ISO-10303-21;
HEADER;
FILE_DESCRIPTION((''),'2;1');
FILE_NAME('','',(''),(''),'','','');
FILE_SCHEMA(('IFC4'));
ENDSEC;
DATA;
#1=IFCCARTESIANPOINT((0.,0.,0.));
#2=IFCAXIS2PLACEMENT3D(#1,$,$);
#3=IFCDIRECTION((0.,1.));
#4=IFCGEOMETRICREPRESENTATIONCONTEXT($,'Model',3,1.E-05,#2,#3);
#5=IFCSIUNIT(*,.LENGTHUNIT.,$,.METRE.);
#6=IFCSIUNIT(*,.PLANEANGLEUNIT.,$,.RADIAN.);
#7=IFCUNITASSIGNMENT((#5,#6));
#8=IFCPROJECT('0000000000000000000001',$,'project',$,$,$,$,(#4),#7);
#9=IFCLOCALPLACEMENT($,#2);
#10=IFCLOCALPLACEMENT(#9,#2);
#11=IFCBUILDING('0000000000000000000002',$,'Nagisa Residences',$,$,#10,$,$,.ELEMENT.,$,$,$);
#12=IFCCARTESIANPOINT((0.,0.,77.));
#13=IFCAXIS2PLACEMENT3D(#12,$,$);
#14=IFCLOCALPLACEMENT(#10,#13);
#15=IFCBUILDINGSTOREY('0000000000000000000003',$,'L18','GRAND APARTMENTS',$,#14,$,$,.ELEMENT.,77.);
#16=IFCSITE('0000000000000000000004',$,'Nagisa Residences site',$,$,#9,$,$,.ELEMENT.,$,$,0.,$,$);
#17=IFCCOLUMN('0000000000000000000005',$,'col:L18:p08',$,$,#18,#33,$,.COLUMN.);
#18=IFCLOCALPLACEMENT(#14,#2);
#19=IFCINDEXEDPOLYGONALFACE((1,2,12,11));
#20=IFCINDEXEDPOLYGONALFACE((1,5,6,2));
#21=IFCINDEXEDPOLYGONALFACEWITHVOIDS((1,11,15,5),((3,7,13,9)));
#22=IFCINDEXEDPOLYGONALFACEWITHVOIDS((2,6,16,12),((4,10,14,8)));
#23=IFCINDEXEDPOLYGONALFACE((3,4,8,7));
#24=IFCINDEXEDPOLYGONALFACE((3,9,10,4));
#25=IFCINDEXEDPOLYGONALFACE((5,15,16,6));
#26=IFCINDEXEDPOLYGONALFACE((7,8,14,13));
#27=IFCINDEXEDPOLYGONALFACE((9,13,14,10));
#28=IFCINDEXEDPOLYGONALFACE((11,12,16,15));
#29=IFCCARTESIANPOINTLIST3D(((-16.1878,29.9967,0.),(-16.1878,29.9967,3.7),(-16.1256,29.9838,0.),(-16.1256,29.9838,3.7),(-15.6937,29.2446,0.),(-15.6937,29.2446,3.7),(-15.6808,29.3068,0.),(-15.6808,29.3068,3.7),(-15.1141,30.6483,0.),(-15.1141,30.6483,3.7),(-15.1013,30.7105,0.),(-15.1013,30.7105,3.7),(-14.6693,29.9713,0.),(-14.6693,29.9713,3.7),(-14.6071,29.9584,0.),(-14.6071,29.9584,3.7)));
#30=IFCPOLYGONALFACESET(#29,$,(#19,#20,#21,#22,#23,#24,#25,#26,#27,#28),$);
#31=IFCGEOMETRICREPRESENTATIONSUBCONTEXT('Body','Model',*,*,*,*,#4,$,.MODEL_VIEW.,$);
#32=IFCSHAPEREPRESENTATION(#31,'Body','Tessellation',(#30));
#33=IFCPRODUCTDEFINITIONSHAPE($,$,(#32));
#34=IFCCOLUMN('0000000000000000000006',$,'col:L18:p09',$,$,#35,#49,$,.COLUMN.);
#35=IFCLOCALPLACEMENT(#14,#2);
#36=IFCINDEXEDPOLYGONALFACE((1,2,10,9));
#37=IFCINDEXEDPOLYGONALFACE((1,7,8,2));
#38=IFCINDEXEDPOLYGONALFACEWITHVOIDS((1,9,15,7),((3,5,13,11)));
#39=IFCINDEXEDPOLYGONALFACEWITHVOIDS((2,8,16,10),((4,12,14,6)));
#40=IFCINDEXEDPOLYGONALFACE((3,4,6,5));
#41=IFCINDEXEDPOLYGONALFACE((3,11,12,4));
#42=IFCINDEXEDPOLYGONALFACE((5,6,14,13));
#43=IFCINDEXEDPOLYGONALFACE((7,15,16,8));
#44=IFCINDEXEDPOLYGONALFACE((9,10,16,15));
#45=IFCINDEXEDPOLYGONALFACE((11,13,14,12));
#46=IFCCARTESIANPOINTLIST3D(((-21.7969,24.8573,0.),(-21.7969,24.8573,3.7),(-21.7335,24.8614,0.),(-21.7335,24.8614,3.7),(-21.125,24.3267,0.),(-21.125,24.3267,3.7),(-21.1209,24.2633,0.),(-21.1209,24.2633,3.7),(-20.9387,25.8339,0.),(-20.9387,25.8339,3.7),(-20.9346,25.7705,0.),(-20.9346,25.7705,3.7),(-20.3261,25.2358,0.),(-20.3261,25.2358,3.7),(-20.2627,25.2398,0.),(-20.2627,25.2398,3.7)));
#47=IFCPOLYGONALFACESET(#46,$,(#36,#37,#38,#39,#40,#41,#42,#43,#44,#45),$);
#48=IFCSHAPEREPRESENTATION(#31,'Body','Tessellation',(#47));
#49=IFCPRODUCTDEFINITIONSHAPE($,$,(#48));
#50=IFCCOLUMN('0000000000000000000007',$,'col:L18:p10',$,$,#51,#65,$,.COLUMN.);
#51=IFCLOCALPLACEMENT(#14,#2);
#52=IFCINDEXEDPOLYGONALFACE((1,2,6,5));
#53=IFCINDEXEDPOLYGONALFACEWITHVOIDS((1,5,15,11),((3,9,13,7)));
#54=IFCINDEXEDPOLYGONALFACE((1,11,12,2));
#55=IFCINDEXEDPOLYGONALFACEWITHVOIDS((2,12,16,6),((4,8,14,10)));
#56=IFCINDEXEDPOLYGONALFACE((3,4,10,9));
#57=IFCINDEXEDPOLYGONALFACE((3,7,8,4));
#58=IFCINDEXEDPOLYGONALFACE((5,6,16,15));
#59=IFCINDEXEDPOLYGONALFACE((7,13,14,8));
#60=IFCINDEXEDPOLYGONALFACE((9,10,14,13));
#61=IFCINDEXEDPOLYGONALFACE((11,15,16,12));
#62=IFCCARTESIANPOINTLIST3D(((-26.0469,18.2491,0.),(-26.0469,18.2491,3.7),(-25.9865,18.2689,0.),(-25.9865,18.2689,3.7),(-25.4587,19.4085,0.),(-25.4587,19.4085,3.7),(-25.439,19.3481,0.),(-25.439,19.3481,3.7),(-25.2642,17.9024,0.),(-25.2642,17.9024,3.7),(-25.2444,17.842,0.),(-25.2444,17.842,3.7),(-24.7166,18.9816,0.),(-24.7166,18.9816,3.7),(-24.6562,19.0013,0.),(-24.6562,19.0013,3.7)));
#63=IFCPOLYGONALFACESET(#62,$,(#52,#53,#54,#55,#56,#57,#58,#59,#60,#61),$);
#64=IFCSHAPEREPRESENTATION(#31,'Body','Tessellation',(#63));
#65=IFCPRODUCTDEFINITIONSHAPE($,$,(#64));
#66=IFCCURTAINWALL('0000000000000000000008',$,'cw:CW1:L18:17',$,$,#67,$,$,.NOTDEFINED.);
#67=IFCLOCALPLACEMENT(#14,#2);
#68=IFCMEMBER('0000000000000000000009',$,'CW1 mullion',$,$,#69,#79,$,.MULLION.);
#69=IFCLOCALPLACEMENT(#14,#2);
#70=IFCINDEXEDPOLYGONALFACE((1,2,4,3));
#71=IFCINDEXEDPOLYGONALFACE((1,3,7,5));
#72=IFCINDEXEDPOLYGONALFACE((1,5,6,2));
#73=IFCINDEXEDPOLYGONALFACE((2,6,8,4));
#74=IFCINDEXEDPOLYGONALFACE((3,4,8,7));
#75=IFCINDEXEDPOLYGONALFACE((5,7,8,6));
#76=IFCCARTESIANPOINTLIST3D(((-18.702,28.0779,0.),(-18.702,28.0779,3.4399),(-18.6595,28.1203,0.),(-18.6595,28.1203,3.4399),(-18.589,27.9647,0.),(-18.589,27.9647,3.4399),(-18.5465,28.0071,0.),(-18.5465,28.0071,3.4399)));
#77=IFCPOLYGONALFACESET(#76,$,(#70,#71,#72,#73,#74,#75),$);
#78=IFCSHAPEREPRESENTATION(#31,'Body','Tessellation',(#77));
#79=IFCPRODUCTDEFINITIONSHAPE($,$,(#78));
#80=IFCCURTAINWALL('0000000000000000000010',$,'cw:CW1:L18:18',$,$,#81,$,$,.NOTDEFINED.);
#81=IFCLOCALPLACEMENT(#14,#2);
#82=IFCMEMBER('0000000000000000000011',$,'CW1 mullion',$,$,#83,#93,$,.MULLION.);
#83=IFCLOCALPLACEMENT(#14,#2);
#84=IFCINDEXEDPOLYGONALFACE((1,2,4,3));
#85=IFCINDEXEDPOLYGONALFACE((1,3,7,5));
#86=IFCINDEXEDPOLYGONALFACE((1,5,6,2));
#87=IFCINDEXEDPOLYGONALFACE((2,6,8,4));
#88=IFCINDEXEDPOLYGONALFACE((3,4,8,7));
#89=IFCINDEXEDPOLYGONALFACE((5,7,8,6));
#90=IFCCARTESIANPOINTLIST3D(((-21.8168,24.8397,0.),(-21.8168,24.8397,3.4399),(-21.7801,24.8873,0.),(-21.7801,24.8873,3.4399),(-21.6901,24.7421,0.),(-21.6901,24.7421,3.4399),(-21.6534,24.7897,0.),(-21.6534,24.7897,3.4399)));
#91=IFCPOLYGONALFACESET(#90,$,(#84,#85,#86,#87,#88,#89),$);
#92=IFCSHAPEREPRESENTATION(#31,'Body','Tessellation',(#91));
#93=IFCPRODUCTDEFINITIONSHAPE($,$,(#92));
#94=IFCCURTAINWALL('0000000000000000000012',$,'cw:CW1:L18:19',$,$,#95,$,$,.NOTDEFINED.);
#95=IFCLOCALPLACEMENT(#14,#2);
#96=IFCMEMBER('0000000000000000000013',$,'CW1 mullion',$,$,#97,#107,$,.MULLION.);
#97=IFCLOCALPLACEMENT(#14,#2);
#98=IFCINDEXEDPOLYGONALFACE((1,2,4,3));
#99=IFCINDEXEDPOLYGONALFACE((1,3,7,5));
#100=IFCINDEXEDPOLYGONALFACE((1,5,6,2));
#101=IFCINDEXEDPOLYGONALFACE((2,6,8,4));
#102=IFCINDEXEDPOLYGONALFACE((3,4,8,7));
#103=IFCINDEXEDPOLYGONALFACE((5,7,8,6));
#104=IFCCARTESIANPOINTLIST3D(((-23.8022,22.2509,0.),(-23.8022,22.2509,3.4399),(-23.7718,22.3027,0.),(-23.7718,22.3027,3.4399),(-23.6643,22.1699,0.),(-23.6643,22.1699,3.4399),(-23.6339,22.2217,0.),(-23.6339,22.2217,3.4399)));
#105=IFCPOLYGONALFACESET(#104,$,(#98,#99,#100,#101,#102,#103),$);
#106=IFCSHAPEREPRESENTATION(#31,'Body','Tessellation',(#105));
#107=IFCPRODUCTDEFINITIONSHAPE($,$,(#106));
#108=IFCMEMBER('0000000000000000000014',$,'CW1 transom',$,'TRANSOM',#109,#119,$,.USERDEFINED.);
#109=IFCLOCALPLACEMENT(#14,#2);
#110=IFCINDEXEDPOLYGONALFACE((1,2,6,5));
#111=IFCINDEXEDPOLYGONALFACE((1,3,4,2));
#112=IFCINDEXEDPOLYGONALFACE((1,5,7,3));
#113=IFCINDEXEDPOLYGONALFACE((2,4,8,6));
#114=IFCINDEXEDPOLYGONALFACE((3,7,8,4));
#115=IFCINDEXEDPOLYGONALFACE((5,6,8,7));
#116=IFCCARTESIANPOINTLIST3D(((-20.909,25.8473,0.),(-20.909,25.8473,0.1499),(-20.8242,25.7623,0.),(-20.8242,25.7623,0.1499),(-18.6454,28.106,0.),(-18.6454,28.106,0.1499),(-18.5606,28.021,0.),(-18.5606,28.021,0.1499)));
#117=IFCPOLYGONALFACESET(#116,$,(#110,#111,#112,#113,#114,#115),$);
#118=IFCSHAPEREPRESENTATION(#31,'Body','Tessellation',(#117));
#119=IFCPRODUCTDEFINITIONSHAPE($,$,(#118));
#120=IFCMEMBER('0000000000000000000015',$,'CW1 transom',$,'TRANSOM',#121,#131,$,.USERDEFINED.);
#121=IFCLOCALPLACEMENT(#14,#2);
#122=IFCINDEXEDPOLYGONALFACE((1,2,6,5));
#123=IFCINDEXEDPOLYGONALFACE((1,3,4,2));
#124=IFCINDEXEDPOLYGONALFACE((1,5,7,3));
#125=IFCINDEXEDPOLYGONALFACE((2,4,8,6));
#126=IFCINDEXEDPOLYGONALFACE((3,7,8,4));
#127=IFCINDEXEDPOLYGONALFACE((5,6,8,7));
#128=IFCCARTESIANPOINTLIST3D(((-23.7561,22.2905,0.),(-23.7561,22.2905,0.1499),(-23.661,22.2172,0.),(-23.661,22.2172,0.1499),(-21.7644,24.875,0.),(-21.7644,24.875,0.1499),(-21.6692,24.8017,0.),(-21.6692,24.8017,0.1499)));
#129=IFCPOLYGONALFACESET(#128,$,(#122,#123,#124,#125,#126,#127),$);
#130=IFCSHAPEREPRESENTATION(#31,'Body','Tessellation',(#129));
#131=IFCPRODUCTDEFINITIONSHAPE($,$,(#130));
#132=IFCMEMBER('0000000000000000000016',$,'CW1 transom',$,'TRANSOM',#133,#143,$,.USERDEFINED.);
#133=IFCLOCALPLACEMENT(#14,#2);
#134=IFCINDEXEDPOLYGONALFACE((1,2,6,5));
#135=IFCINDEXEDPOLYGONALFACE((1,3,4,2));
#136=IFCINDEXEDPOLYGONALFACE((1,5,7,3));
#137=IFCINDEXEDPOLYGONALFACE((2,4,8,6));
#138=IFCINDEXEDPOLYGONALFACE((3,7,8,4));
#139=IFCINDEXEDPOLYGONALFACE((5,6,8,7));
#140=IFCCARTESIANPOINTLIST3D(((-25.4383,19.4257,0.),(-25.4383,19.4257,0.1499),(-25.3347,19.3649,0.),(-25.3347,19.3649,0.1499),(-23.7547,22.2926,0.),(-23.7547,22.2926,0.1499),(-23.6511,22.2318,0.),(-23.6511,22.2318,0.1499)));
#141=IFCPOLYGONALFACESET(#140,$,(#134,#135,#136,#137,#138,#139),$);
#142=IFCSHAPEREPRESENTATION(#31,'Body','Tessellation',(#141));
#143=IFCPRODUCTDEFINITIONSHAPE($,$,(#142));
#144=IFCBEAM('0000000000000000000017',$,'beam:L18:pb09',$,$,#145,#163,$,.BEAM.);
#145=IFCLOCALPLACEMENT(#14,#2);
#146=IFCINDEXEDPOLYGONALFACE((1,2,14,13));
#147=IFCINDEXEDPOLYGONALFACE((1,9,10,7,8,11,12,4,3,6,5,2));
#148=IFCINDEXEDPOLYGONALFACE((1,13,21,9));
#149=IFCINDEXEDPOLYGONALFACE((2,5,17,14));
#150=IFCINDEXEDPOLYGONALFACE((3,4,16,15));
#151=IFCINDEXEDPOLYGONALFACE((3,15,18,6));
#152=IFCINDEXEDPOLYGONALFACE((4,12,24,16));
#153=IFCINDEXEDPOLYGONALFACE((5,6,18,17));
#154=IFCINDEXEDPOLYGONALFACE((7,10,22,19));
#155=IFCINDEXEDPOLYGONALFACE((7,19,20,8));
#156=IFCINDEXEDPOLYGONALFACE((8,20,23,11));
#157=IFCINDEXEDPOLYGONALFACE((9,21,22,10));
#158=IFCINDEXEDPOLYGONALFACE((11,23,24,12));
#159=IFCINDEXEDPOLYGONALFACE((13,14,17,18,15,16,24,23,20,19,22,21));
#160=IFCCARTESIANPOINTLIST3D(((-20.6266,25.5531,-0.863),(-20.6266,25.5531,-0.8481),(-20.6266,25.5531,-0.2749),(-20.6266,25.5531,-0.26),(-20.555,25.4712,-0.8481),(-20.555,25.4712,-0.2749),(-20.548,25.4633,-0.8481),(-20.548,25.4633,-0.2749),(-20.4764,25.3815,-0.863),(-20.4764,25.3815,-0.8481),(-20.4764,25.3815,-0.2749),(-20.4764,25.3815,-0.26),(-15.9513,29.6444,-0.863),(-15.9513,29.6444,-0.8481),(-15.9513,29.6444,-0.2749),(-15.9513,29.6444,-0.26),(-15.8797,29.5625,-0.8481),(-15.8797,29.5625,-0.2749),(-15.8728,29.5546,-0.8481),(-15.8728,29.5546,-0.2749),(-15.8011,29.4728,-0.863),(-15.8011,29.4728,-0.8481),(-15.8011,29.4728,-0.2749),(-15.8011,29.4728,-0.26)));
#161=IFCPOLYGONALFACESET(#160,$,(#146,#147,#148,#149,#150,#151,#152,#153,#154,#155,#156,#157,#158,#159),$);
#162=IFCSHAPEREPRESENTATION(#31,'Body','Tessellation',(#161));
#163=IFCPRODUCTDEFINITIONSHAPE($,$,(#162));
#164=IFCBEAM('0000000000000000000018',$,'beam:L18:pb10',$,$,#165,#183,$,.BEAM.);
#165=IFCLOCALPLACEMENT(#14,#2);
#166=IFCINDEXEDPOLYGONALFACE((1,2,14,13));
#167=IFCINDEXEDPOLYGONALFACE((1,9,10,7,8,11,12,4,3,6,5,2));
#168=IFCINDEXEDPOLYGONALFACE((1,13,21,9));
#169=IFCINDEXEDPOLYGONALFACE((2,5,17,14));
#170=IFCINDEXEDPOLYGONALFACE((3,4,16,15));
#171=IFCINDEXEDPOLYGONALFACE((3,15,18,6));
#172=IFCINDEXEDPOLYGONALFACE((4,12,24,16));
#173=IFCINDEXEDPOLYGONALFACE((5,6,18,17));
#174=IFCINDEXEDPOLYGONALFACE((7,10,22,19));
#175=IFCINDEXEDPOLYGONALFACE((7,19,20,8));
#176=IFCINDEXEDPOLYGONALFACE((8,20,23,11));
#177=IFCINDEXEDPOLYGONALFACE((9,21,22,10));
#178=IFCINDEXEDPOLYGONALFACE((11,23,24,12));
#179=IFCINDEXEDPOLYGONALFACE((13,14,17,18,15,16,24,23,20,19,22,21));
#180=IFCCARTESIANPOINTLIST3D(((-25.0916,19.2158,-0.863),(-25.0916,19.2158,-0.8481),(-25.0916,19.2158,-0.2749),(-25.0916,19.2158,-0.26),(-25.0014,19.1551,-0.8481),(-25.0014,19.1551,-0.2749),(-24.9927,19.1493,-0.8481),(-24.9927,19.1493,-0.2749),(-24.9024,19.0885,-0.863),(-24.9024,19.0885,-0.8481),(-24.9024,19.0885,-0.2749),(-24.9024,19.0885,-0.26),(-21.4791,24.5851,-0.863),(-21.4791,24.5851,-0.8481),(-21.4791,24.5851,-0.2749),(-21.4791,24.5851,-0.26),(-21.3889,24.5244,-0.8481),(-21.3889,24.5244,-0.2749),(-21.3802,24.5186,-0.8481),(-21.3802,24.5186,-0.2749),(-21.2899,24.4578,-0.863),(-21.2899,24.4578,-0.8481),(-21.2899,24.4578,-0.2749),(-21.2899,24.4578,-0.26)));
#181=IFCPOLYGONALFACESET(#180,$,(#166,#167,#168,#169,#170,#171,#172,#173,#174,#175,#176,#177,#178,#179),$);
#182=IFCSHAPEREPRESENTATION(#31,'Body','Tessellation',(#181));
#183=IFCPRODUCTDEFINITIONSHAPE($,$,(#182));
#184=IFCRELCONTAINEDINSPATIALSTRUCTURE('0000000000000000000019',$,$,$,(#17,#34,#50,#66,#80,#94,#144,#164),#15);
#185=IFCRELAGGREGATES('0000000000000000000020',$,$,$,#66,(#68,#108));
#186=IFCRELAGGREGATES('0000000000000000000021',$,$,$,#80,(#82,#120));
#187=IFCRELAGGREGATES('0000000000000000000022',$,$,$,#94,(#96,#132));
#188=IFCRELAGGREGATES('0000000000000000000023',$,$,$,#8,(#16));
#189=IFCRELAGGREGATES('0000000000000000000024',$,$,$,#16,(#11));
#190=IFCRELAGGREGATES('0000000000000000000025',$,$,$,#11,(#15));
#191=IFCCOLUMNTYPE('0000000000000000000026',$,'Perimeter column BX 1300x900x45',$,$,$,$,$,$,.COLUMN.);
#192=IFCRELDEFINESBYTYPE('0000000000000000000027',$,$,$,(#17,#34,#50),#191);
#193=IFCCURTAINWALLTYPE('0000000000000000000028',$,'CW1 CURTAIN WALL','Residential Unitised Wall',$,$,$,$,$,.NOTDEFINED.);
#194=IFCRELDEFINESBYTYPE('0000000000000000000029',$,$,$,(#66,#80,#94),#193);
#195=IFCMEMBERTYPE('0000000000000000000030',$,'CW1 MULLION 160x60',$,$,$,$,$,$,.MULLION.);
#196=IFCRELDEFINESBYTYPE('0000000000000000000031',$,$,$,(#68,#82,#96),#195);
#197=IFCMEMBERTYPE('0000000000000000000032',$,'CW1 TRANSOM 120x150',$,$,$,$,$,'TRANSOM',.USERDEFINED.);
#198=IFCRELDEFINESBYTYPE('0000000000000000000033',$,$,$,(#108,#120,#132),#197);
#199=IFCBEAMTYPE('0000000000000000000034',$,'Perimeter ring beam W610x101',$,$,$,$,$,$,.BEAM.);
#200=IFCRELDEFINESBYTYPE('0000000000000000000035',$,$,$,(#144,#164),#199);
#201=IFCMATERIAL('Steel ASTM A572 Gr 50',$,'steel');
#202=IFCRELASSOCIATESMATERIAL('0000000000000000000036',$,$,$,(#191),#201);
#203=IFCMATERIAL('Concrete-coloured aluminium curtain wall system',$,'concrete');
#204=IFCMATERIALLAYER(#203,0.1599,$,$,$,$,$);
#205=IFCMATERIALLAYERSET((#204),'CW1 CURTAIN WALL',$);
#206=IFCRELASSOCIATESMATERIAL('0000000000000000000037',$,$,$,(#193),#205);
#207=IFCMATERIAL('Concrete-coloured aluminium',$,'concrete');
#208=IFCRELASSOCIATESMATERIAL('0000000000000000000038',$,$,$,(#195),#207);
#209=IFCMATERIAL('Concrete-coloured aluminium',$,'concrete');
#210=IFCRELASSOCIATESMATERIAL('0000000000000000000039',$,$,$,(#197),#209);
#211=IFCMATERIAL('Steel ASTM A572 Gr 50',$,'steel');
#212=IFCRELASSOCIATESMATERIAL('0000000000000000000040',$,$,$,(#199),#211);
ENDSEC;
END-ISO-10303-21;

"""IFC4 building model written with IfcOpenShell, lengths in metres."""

from ifc_helpers import new_model, si_unit, direction, frame, origin, origin_2d, place, context, subcontext, project, spatial, rectangle, hollow_rectangle, i_section, extrude, material, layer, layer_set, material_profile, profile_set, type_object, element, aggregate, save


model = new_model("IFC4")

# Units and contexts
model_context = context("Model", 3, precision=1e-05, world=origin(), true_north=direction((0.0, 1.0)))
body_context = subcontext(model_context, "Body", "Model", "MODEL_VIEW")
ifc_project = project(units=[si_unit("LENGTHUNIT", "METRE"), si_unit("PLANEANGLEUNIT", "RADIAN")], contexts=[model_context])

# Site, building, storey
site_placement = place(None, origin())
site = spatial("IfcSite", under=ifc_project, at=site_placement, Name="Nagisa Residences site", CompositionType="ELEMENT", RefElevation=0.0)
building_placement = place(site_placement, origin())
building = spatial("IfcBuilding", under=site, at=building_placement, Name="Nagisa Residences", CompositionType="ELEMENT")
storey_placement = place(building_placement, frame((0.0, 0.0, 77.0)))
storey = spatial("IfcBuildingStorey", under=building, at=storey_placement, Name="L18", Description="GRAND APARTMENTS", CompositionType="ELEMENT", Elevation=77.0)

# Columns
ifc_material_1 = material(Name="Steel ASTM A572 Gr 50", Category="steel")
ifc_material_profile_1 = material_profile(ifc_material_1, hollow_rectangle(XDim=1.3, YDim=0.8999, WallThickness=0.0449, at=origin_2d()), Name="BX 1300x900x45")
ifc_profile_set_1 = profile_set([ifc_material_profile_1], Name="Steel ASTM A572 Gr 50")
column_type = type_object("IfcColumnType", Name="Perimeter column BX 1300x900x45", PredefinedType="COLUMN", material=ifc_profile_set_1)
for number, where, z_axis, x_axis, name in (
    (1, (-15.3975, 29.9775, 0.0), (0.0, 0.0, 1.0), (-0.835766, -0.549086, 0.0), "col:L18:p08"),
    (2, (-21.0298, 25.0486, 0.0), (0.0, 0.0, 1.0), (-0.660115, -0.751165, 0.0), "col:L18:p09"),
    (3, (-25.3516, 18.6252, 0.0), (0.0, 0.0, 1.0), (-0.452463, -0.891783, 0.0), "col:L18:p10"),
):
    element("IfcColumn", number, at=place(storey_placement, frame(where, z_axis=z_axis, x_axis=x_axis)), inside=storey, type_object=column_type, Name=name, PredefinedType="COLUMN", context=body_context, shape_type="SweptSolid", body=[
        extrude(hollow_rectangle(XDim=1.3, YDim=0.8999, WallThickness=0.0449, at=origin_2d()), origin(), (0.0, 0.0, 1.0), 3.7),
    ])

# Curtain walls, members
ifc_material_2 = material(Name="Concrete-coloured aluminium curtain wall system", Category="concrete")
ifc_layer_1 = layer(ifc_material_2, 0.1599)
ifc_layer_set_1 = layer_set([ifc_layer_1], Name="CW1 CURTAIN WALL")
curtain_wall_type = type_object("IfcCurtainWallType", Name="CW1 CURTAIN WALL", Description="Residential Unitised Wall", PredefinedType="NOTDEFINED", material=ifc_layer_set_1)
curtain_wall_1_placement = place(storey_placement, origin())
curtain_wall_1 = element("IfcCurtainWall", 4, at=curtain_wall_1_placement, inside=storey, type_object=curtain_wall_type, Name="cw:CW1:L18:17", PredefinedType="NOTDEFINED")
ifc_material_3 = material(Name="Concrete-coloured aluminium", Category="concrete")
ifc_material_profile_2 = material_profile(ifc_material_3, rectangle(XDim=0.1599, YDim=0.0601, at=origin_2d()), Name="CW1 MULLION 160x60")
ifc_profile_set_2 = profile_set([ifc_material_profile_2], Name="Concrete-coloured aluminium")
member_type_1 = type_object("IfcMemberType", Name="CW1 MULLION 160x60", PredefinedType="MULLION", material=ifc_profile_set_2)
member_1_placement = place(storey_placement, frame((-18.6243, 28.0425, 0.0), z_axis=(0.0, 0.0, 1.0), x_axis=(0.706377, -0.707836, 0.0)))
member_1 = element("IfcMember", 5, at=member_1_placement, type_object=member_type_1, Name="CW1 mullion", PredefinedType="MULLION", context=body_context, shape_type="SweptSolid", body=[
    extrude(rectangle(XDim=0.1599, YDim=0.0601, at=origin_2d()), origin(), (0.0, 0.0, 1.0), 3.4399),
])
curtain_wall_2_placement = place(storey_placement, origin())
curtain_wall_2 = element("IfcCurtainWall", 6, at=curtain_wall_2_placement, inside=storey, type_object=curtain_wall_type, Name="cw:CW1:L18:18", PredefinedType="NOTDEFINED")
member_2_placement = place(storey_placement, frame((-21.7351, 24.8147, 0.0), z_axis=(0.0, 0.0, 1.0), x_axis=(0.79207, -0.61043, 0.0)))
member_2 = element("IfcMember", 7, at=member_2_placement, type_object=member_type_1, Name="CW1 mullion", PredefinedType="MULLION", context=body_context, shape_type="SweptSolid", body=[
    extrude(rectangle(XDim=0.1599, YDim=0.0601, at=origin_2d()), origin(), (0.0, 0.0, 1.0), 3.4399),
])
curtain_wall_3_placement = place(storey_placement, origin())
curtain_wall_3 = element("IfcCurtainWall", 8, at=curtain_wall_3_placement, inside=storey, type_object=curtain_wall_type, Name="cw:CW1:L18:19", PredefinedType="NOTDEFINED")
member_3_placement = place(storey_placement, frame((-23.718, 22.2363, 0.0), z_axis=(0.0, 0.0, 1.0), x_axis=(0.862329, -0.506349, 0.0)))
member_3 = element("IfcMember", 9, at=member_3_placement, type_object=member_type_1, Name="CW1 mullion", PredefinedType="MULLION", context=body_context, shape_type="SweptSolid", body=[
    extrude(rectangle(XDim=0.1599, YDim=0.0601, at=origin_2d()), origin(), (0.0, 0.0, 1.0), 3.4399),
])

# Members
ifc_material_4 = material(Name="Concrete-coloured aluminium", Category="concrete")
ifc_material_profile_3 = material_profile(ifc_material_4, rectangle(XDim=0.1201, YDim=0.1499, at=origin_2d()), Name="CW1 TRANSOM 120x150")
ifc_profile_set_3 = profile_set([ifc_material_profile_3], Name="Concrete-coloured aluminium")
member_type_2 = type_object("IfcMemberType", Name="CW1 TRANSOM 120x150", ElementType="TRANSOM", PredefinedType="USERDEFINED", material=ifc_profile_set_3)
member_4_placement = place(storey_placement, frame((-18.603, 28.0635, 0.075), z_axis=(-0.70787, -0.706343, 0.0), x_axis=(0.706343, -0.70787, 0.0)))
member_4 = element("IfcMember", 10, at=member_4_placement, type_object=member_type_2, Name="CW1 transom", ObjectType="TRANSOM", PredefinedType="USERDEFINED", context=body_context, shape_type="SweptSolid", body=[
    extrude(rectangle(XDim=0.1201, YDim=0.1499, at=origin_2d()), origin(), (0.0, 0.0, 1.0), 3.1978),
])
member_5_placement = place(storey_placement, frame((-21.7168, 24.8384, 0.075), z_axis=(-0.610412, -0.792084, 0.0), x_axis=(0.792084, -0.610412, 0.0)))
member_5 = element("IfcMember", 11, at=member_5_placement, type_object=member_type_2, Name="CW1 transom", ObjectType="TRANSOM", PredefinedType="USERDEFINED", context=body_context, shape_type="SweptSolid", body=[
    extrude(rectangle(XDim=0.1201, YDim=0.1499, at=origin_2d()), origin(), (0.0, 0.0, 1.0), 3.2629),
])
member_6_placement = place(storey_placement, frame((-23.7029, 22.2622, 0.075), z_axis=(-0.506385, -0.862308, 0.0), x_axis=(0.862308, -0.506385, 0.0)))
member_6 = element("IfcMember", 12, at=member_6_placement, type_object=member_type_2, Name="CW1 transom", ObjectType="TRANSOM", PredefinedType="USERDEFINED", context=body_context, shape_type="SweptSolid", body=[
    extrude(rectangle(XDim=0.1201, YDim=0.1499, at=origin_2d()), origin(), (0.0, 0.0, 1.0), 3.3247),
])

# Beams
ifc_material_5 = material(Name="Steel ASTM A572 Gr 50", Category="steel")
ifc_material_profile_4 = material_profile(ifc_material_5, i_section(OverallWidth=0.228, OverallDepth=0.603, WebThickness=0.0105, FlangeThickness=0.0149, at=origin_2d()), Name="W610x101")
ifc_profile_set_4 = profile_set([ifc_material_profile_4], Name="Steel ASTM A572 Gr 50")
beam_type_1 = type_object("IfcBeamType", Name="Perimeter ring beam W610x101", PredefinedType="BEAM", material=ifc_profile_set_4)
beam_1_placement = place(storey_placement, frame((-15.8762, 29.5586, -0.5615), z_axis=(-0.752543, -0.658544, 0.0), x_axis=(0.658544, -0.752543, 0.0)))
element("IfcBeam", 13, at=beam_1_placement, inside=storey, type_object=beam_type_1, Name="beam:L18:pb09", PredefinedType="BEAM", context=body_context, shape_type="SweptSolid", body=[
    extrude(i_section(OverallWidth=0.228, OverallDepth=0.603, WebThickness=0.0105, FlangeThickness=0.0149, at=origin_2d()), origin(), (0.0, 0.0, 1.0), 6.2126),
])
beam_2_placement = place(storey_placement, frame((-21.3845, 24.5215, -0.5615), z_axis=(-0.558221, -0.829692, 0.0), x_axis=(0.829692, -0.558221, 0.0)))
element("IfcBeam", 14, at=beam_2_placement, inside=storey, type_object=beam_type_1, Name="beam:L18:pb10", PredefinedType="BEAM", context=body_context, shape_type="SweptSolid", body=[
    extrude(i_section(OverallWidth=0.228, OverallDepth=0.603, WebThickness=0.0105, FlangeThickness=0.0149, at=origin_2d()), origin(), (0.0, 0.0, 1.0), 6.4714),
])

aggregate(curtain_wall_1, [member_1, member_4])
aggregate(curtain_wall_2, [member_2, member_5])
aggregate(curtain_wall_3, [member_3, member_6])

save(model, "model.ifc")
